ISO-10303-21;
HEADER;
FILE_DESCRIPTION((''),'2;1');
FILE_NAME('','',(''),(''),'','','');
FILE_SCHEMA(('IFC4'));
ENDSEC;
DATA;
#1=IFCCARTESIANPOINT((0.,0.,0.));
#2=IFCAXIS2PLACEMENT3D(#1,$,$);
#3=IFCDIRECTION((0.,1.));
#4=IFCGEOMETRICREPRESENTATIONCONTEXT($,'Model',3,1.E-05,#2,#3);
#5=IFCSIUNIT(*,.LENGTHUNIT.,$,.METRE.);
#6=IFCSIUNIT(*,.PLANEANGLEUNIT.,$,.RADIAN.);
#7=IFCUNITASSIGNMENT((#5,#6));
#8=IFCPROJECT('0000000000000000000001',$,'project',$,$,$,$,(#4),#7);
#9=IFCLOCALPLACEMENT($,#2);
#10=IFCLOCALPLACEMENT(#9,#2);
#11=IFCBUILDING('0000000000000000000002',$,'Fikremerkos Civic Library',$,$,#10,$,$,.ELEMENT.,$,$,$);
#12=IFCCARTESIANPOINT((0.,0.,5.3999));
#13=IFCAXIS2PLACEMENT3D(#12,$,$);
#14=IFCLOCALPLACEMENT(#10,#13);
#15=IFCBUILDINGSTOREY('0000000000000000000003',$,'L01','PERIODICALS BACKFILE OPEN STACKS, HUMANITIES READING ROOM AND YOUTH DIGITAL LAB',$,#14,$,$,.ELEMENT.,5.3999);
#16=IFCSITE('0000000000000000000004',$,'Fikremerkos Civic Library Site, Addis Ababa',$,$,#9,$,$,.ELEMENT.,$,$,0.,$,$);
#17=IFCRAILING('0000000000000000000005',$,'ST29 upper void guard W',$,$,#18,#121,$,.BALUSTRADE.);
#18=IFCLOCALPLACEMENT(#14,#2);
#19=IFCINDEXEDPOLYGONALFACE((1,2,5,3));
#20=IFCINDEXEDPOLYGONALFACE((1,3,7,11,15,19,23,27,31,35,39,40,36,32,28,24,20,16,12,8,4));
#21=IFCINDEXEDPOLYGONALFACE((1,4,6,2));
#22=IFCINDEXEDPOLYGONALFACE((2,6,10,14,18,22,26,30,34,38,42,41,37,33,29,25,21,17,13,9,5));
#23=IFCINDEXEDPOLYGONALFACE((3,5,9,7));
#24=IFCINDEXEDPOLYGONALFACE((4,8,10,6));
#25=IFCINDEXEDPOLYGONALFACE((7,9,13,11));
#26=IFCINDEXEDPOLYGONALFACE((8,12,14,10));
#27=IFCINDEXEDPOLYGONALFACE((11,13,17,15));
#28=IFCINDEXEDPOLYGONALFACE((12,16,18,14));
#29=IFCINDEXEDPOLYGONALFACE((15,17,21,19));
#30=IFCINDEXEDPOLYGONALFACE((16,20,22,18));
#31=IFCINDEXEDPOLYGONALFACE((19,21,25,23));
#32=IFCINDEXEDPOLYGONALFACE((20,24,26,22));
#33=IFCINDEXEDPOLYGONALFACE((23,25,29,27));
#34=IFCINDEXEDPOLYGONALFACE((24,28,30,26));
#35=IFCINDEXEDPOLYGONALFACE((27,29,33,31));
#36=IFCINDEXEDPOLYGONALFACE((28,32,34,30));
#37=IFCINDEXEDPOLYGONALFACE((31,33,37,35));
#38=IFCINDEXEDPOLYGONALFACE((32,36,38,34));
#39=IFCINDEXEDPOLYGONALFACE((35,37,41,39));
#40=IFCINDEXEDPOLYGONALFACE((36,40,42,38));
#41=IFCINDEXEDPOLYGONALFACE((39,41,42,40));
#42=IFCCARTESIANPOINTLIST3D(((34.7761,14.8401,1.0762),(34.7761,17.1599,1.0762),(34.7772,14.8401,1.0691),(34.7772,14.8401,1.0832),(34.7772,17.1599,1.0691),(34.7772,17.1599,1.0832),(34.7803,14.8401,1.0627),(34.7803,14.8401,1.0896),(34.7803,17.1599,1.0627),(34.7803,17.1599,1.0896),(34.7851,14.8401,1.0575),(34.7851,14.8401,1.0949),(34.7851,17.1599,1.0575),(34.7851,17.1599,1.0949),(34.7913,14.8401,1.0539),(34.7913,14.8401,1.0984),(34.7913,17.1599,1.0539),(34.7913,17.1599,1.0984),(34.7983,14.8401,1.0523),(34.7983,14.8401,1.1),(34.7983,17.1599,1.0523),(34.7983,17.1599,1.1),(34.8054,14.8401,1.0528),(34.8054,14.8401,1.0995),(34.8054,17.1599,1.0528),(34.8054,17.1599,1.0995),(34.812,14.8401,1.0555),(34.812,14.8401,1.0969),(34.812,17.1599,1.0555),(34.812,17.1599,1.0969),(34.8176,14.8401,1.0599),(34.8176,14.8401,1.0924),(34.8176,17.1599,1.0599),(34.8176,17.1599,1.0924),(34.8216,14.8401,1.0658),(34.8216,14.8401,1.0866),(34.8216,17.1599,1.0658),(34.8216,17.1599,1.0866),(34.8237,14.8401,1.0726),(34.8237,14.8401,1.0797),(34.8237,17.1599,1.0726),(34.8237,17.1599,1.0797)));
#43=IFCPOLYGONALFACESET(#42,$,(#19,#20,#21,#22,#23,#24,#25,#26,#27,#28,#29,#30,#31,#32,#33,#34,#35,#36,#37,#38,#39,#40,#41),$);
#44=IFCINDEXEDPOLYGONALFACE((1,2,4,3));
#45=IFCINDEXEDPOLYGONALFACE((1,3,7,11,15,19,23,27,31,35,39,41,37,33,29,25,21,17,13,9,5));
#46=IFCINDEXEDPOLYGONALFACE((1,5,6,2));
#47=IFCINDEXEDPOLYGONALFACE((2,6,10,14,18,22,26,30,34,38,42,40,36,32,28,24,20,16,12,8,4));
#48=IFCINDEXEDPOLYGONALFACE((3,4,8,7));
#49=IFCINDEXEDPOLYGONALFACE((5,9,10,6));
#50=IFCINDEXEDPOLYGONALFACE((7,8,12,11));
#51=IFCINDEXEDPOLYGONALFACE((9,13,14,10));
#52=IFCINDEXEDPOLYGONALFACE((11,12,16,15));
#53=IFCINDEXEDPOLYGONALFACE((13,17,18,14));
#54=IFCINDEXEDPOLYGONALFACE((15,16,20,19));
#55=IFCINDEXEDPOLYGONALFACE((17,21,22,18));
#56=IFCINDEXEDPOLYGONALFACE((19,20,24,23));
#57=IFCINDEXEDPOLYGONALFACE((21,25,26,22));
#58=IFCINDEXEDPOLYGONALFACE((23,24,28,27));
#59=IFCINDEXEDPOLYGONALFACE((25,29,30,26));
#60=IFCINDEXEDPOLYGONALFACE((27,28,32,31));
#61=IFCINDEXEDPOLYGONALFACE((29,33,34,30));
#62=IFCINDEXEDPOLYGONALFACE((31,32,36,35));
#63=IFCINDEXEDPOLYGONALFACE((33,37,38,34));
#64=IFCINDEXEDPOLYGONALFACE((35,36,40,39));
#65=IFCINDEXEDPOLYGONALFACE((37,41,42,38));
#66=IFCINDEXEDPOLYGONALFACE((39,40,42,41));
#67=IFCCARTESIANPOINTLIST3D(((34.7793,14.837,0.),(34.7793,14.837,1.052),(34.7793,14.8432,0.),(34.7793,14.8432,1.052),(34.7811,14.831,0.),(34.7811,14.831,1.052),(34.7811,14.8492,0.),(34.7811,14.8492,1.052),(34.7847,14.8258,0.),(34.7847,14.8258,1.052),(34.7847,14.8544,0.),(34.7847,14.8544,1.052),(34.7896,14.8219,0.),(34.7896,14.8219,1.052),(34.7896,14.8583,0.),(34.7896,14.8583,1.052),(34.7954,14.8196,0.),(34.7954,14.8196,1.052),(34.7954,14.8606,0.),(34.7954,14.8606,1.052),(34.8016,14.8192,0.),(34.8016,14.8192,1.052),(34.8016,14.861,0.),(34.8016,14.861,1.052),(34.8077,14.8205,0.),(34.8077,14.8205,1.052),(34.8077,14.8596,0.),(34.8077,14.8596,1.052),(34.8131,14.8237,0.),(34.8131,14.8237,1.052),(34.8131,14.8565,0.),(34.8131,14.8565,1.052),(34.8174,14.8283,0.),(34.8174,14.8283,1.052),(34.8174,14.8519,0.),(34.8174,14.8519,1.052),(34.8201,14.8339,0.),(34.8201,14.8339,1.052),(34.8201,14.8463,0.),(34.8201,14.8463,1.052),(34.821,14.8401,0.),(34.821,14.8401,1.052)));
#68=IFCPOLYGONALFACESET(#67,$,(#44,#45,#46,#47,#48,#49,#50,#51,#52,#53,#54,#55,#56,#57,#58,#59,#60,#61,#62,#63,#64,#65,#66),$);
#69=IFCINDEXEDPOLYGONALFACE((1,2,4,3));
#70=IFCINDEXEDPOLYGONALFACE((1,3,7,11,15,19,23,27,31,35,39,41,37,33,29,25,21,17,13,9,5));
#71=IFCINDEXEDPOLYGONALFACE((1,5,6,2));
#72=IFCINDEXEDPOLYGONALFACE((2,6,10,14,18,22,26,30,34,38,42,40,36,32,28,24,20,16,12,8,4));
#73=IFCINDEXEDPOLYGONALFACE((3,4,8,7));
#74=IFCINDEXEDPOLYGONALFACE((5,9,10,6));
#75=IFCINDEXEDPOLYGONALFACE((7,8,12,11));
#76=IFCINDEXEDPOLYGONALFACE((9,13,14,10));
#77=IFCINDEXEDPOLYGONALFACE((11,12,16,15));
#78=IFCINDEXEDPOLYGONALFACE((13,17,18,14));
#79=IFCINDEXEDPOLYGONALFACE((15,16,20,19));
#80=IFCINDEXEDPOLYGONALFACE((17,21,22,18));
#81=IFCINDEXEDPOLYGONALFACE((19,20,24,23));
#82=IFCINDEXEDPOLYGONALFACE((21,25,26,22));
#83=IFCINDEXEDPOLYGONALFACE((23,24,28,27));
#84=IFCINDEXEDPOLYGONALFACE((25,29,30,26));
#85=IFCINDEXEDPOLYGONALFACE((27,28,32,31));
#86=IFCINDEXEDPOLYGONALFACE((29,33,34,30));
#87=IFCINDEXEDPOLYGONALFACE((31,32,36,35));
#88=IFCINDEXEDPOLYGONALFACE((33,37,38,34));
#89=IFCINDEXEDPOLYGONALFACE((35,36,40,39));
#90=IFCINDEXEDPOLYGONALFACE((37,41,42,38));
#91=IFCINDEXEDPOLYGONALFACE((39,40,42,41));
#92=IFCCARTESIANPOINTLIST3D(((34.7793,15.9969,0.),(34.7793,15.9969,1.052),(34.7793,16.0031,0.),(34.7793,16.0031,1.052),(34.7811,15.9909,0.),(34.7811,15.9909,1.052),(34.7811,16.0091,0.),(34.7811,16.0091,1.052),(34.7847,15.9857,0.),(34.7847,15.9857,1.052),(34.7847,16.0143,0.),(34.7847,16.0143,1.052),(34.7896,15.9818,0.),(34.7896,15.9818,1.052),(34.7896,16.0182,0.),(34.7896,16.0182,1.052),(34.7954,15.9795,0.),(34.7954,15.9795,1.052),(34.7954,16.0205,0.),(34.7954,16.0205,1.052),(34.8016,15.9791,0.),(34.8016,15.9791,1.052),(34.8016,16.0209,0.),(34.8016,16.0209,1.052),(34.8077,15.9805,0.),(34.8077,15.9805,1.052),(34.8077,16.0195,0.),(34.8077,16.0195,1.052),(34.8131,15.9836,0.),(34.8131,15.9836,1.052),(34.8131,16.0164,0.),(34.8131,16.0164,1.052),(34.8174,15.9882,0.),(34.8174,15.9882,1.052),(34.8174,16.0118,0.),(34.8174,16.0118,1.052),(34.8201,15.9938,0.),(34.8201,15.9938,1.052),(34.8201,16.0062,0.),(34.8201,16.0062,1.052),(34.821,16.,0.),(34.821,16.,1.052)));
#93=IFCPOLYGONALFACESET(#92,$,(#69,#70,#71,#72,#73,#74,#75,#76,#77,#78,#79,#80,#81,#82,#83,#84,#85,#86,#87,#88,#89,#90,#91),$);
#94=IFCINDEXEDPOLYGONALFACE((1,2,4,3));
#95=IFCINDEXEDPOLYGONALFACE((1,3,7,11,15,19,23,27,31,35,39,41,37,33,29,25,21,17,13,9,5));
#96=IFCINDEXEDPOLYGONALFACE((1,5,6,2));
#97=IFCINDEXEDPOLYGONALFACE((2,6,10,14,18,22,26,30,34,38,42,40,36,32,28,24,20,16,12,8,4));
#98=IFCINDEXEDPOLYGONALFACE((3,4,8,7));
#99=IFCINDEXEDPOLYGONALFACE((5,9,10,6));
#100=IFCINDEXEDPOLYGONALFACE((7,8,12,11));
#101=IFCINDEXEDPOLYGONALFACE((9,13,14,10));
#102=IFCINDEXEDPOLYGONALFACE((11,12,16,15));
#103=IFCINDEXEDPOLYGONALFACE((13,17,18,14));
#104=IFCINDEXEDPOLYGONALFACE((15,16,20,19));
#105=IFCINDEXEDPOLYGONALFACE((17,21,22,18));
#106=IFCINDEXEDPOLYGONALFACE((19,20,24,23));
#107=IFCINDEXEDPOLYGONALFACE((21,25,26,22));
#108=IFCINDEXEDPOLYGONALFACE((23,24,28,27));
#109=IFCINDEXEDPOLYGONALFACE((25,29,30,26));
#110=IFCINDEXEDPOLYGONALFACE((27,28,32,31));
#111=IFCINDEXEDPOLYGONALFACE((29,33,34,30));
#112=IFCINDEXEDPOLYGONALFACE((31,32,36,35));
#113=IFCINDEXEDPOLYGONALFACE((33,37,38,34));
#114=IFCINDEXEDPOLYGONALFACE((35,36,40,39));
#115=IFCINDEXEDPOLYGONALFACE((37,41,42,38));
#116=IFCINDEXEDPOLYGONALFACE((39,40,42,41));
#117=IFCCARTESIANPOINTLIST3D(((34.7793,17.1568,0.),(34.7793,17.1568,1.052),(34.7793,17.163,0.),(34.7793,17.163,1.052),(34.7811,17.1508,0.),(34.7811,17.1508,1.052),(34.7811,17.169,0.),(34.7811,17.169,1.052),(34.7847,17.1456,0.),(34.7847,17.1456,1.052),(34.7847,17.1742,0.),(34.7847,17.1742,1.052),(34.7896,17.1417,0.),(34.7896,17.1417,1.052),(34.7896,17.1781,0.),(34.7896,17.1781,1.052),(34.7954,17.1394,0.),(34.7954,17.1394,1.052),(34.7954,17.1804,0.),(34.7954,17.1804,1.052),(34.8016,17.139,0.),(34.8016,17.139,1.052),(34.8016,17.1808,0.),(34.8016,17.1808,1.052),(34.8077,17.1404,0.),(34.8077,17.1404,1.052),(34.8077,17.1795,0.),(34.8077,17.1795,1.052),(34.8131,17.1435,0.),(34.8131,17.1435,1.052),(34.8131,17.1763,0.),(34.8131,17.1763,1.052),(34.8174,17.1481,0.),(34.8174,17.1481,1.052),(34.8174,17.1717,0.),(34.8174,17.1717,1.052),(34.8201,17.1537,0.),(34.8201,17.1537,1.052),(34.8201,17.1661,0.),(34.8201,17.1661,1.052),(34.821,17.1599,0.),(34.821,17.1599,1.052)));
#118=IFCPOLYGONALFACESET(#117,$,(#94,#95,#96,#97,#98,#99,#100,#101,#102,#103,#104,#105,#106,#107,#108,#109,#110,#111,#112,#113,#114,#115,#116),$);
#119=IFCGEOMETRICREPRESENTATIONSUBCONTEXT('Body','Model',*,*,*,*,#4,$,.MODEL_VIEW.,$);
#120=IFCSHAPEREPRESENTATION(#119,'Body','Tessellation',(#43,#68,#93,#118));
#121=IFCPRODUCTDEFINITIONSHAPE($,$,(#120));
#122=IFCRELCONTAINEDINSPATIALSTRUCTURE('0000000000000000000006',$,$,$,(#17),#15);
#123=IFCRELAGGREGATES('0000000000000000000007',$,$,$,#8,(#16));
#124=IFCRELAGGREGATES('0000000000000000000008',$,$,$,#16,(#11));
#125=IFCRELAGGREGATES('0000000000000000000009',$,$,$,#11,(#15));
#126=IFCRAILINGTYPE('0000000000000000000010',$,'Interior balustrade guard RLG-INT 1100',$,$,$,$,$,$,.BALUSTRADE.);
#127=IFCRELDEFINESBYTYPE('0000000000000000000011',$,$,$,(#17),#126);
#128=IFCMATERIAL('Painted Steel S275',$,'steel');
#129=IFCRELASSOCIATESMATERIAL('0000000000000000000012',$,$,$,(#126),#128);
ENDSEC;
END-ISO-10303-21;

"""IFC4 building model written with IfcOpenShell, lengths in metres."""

from ifc_helpers import new_model, si_unit, direction, frame, origin, origin_2d, place, context, subcontext, project, spatial, circle, extrude, material, type_object, element, save


model = new_model("IFC4")

# Units and contexts
model_context = context("Model", 3, precision=1e-05, world=origin(), true_north=direction((0.0, 1.0)))
body_context = subcontext(model_context, "Body", "Model", "MODEL_VIEW")
ifc_project = project(units=[si_unit("LENGTHUNIT", "METRE"), si_unit("PLANEANGLEUNIT", "RADIAN")], contexts=[model_context])

# Site, building, storey
site_placement = place(None, origin())
site = spatial("IfcSite", under=ifc_project, at=site_placement, Name="Fikremerkos Civic Library Site, Addis Ababa", CompositionType="ELEMENT", RefElevation=0.0)
building_placement = place(site_placement, origin())
building = spatial("IfcBuilding", under=site, at=building_placement, Name="Fikremerkos Civic Library", CompositionType="ELEMENT")
storey_placement = place(building_placement, frame((0.0, 0.0, 5.3999)))
storey = spatial("IfcBuildingStorey", under=building, at=storey_placement, Name="L01", Description="PERIODICALS BACKFILE OPEN STACKS, HUMANITIES READING ROOM AND YOUTH DIGITAL LAB", CompositionType="ELEMENT", Elevation=5.3999)

# Railing
ifc_material_1 = material(Name="Painted Steel S275", Category="steel")
railing_type = type_object("IfcRailingType", Name="Interior balustrade guard RLG-INT 1100", PredefinedType="BALUSTRADE", material=ifc_material_1)
railing_placement = place(storey_placement, frame((34.8, 14.8401, 0.0)))
element("IfcRailing", 1, at=railing_placement, inside=storey, type_object=railing_type, Name="ST29 upper void guard W", PredefinedType="BALUSTRADE", context=body_context, shape_type="SweptSolid", body=[
    extrude(circle(Radius=0.0239, at=origin_2d()), frame((0.0, 0.0, 1.0762), z_axis=(0.0, 1.0, 0.0), x_axis=(-1.0, 0.0, 0.0)), (0.0, 0.0, 1.0), 2.3198),
    extrude(circle(Radius=0.021, at=origin_2d()), origin(), (0.0, 0.0, 1.0), 1.052),
    extrude(circle(Radius=0.021, at=origin_2d()), frame((0.0, 1.1599, 0.0)), (0.0, 0.0, 1.0), 1.052),
    extrude(circle(Radius=0.021, at=origin_2d()), frame((0.0, 2.3198, 0.0)), (0.0, 0.0, 1.0), 1.052),
])

save(model, "model.ifc")
